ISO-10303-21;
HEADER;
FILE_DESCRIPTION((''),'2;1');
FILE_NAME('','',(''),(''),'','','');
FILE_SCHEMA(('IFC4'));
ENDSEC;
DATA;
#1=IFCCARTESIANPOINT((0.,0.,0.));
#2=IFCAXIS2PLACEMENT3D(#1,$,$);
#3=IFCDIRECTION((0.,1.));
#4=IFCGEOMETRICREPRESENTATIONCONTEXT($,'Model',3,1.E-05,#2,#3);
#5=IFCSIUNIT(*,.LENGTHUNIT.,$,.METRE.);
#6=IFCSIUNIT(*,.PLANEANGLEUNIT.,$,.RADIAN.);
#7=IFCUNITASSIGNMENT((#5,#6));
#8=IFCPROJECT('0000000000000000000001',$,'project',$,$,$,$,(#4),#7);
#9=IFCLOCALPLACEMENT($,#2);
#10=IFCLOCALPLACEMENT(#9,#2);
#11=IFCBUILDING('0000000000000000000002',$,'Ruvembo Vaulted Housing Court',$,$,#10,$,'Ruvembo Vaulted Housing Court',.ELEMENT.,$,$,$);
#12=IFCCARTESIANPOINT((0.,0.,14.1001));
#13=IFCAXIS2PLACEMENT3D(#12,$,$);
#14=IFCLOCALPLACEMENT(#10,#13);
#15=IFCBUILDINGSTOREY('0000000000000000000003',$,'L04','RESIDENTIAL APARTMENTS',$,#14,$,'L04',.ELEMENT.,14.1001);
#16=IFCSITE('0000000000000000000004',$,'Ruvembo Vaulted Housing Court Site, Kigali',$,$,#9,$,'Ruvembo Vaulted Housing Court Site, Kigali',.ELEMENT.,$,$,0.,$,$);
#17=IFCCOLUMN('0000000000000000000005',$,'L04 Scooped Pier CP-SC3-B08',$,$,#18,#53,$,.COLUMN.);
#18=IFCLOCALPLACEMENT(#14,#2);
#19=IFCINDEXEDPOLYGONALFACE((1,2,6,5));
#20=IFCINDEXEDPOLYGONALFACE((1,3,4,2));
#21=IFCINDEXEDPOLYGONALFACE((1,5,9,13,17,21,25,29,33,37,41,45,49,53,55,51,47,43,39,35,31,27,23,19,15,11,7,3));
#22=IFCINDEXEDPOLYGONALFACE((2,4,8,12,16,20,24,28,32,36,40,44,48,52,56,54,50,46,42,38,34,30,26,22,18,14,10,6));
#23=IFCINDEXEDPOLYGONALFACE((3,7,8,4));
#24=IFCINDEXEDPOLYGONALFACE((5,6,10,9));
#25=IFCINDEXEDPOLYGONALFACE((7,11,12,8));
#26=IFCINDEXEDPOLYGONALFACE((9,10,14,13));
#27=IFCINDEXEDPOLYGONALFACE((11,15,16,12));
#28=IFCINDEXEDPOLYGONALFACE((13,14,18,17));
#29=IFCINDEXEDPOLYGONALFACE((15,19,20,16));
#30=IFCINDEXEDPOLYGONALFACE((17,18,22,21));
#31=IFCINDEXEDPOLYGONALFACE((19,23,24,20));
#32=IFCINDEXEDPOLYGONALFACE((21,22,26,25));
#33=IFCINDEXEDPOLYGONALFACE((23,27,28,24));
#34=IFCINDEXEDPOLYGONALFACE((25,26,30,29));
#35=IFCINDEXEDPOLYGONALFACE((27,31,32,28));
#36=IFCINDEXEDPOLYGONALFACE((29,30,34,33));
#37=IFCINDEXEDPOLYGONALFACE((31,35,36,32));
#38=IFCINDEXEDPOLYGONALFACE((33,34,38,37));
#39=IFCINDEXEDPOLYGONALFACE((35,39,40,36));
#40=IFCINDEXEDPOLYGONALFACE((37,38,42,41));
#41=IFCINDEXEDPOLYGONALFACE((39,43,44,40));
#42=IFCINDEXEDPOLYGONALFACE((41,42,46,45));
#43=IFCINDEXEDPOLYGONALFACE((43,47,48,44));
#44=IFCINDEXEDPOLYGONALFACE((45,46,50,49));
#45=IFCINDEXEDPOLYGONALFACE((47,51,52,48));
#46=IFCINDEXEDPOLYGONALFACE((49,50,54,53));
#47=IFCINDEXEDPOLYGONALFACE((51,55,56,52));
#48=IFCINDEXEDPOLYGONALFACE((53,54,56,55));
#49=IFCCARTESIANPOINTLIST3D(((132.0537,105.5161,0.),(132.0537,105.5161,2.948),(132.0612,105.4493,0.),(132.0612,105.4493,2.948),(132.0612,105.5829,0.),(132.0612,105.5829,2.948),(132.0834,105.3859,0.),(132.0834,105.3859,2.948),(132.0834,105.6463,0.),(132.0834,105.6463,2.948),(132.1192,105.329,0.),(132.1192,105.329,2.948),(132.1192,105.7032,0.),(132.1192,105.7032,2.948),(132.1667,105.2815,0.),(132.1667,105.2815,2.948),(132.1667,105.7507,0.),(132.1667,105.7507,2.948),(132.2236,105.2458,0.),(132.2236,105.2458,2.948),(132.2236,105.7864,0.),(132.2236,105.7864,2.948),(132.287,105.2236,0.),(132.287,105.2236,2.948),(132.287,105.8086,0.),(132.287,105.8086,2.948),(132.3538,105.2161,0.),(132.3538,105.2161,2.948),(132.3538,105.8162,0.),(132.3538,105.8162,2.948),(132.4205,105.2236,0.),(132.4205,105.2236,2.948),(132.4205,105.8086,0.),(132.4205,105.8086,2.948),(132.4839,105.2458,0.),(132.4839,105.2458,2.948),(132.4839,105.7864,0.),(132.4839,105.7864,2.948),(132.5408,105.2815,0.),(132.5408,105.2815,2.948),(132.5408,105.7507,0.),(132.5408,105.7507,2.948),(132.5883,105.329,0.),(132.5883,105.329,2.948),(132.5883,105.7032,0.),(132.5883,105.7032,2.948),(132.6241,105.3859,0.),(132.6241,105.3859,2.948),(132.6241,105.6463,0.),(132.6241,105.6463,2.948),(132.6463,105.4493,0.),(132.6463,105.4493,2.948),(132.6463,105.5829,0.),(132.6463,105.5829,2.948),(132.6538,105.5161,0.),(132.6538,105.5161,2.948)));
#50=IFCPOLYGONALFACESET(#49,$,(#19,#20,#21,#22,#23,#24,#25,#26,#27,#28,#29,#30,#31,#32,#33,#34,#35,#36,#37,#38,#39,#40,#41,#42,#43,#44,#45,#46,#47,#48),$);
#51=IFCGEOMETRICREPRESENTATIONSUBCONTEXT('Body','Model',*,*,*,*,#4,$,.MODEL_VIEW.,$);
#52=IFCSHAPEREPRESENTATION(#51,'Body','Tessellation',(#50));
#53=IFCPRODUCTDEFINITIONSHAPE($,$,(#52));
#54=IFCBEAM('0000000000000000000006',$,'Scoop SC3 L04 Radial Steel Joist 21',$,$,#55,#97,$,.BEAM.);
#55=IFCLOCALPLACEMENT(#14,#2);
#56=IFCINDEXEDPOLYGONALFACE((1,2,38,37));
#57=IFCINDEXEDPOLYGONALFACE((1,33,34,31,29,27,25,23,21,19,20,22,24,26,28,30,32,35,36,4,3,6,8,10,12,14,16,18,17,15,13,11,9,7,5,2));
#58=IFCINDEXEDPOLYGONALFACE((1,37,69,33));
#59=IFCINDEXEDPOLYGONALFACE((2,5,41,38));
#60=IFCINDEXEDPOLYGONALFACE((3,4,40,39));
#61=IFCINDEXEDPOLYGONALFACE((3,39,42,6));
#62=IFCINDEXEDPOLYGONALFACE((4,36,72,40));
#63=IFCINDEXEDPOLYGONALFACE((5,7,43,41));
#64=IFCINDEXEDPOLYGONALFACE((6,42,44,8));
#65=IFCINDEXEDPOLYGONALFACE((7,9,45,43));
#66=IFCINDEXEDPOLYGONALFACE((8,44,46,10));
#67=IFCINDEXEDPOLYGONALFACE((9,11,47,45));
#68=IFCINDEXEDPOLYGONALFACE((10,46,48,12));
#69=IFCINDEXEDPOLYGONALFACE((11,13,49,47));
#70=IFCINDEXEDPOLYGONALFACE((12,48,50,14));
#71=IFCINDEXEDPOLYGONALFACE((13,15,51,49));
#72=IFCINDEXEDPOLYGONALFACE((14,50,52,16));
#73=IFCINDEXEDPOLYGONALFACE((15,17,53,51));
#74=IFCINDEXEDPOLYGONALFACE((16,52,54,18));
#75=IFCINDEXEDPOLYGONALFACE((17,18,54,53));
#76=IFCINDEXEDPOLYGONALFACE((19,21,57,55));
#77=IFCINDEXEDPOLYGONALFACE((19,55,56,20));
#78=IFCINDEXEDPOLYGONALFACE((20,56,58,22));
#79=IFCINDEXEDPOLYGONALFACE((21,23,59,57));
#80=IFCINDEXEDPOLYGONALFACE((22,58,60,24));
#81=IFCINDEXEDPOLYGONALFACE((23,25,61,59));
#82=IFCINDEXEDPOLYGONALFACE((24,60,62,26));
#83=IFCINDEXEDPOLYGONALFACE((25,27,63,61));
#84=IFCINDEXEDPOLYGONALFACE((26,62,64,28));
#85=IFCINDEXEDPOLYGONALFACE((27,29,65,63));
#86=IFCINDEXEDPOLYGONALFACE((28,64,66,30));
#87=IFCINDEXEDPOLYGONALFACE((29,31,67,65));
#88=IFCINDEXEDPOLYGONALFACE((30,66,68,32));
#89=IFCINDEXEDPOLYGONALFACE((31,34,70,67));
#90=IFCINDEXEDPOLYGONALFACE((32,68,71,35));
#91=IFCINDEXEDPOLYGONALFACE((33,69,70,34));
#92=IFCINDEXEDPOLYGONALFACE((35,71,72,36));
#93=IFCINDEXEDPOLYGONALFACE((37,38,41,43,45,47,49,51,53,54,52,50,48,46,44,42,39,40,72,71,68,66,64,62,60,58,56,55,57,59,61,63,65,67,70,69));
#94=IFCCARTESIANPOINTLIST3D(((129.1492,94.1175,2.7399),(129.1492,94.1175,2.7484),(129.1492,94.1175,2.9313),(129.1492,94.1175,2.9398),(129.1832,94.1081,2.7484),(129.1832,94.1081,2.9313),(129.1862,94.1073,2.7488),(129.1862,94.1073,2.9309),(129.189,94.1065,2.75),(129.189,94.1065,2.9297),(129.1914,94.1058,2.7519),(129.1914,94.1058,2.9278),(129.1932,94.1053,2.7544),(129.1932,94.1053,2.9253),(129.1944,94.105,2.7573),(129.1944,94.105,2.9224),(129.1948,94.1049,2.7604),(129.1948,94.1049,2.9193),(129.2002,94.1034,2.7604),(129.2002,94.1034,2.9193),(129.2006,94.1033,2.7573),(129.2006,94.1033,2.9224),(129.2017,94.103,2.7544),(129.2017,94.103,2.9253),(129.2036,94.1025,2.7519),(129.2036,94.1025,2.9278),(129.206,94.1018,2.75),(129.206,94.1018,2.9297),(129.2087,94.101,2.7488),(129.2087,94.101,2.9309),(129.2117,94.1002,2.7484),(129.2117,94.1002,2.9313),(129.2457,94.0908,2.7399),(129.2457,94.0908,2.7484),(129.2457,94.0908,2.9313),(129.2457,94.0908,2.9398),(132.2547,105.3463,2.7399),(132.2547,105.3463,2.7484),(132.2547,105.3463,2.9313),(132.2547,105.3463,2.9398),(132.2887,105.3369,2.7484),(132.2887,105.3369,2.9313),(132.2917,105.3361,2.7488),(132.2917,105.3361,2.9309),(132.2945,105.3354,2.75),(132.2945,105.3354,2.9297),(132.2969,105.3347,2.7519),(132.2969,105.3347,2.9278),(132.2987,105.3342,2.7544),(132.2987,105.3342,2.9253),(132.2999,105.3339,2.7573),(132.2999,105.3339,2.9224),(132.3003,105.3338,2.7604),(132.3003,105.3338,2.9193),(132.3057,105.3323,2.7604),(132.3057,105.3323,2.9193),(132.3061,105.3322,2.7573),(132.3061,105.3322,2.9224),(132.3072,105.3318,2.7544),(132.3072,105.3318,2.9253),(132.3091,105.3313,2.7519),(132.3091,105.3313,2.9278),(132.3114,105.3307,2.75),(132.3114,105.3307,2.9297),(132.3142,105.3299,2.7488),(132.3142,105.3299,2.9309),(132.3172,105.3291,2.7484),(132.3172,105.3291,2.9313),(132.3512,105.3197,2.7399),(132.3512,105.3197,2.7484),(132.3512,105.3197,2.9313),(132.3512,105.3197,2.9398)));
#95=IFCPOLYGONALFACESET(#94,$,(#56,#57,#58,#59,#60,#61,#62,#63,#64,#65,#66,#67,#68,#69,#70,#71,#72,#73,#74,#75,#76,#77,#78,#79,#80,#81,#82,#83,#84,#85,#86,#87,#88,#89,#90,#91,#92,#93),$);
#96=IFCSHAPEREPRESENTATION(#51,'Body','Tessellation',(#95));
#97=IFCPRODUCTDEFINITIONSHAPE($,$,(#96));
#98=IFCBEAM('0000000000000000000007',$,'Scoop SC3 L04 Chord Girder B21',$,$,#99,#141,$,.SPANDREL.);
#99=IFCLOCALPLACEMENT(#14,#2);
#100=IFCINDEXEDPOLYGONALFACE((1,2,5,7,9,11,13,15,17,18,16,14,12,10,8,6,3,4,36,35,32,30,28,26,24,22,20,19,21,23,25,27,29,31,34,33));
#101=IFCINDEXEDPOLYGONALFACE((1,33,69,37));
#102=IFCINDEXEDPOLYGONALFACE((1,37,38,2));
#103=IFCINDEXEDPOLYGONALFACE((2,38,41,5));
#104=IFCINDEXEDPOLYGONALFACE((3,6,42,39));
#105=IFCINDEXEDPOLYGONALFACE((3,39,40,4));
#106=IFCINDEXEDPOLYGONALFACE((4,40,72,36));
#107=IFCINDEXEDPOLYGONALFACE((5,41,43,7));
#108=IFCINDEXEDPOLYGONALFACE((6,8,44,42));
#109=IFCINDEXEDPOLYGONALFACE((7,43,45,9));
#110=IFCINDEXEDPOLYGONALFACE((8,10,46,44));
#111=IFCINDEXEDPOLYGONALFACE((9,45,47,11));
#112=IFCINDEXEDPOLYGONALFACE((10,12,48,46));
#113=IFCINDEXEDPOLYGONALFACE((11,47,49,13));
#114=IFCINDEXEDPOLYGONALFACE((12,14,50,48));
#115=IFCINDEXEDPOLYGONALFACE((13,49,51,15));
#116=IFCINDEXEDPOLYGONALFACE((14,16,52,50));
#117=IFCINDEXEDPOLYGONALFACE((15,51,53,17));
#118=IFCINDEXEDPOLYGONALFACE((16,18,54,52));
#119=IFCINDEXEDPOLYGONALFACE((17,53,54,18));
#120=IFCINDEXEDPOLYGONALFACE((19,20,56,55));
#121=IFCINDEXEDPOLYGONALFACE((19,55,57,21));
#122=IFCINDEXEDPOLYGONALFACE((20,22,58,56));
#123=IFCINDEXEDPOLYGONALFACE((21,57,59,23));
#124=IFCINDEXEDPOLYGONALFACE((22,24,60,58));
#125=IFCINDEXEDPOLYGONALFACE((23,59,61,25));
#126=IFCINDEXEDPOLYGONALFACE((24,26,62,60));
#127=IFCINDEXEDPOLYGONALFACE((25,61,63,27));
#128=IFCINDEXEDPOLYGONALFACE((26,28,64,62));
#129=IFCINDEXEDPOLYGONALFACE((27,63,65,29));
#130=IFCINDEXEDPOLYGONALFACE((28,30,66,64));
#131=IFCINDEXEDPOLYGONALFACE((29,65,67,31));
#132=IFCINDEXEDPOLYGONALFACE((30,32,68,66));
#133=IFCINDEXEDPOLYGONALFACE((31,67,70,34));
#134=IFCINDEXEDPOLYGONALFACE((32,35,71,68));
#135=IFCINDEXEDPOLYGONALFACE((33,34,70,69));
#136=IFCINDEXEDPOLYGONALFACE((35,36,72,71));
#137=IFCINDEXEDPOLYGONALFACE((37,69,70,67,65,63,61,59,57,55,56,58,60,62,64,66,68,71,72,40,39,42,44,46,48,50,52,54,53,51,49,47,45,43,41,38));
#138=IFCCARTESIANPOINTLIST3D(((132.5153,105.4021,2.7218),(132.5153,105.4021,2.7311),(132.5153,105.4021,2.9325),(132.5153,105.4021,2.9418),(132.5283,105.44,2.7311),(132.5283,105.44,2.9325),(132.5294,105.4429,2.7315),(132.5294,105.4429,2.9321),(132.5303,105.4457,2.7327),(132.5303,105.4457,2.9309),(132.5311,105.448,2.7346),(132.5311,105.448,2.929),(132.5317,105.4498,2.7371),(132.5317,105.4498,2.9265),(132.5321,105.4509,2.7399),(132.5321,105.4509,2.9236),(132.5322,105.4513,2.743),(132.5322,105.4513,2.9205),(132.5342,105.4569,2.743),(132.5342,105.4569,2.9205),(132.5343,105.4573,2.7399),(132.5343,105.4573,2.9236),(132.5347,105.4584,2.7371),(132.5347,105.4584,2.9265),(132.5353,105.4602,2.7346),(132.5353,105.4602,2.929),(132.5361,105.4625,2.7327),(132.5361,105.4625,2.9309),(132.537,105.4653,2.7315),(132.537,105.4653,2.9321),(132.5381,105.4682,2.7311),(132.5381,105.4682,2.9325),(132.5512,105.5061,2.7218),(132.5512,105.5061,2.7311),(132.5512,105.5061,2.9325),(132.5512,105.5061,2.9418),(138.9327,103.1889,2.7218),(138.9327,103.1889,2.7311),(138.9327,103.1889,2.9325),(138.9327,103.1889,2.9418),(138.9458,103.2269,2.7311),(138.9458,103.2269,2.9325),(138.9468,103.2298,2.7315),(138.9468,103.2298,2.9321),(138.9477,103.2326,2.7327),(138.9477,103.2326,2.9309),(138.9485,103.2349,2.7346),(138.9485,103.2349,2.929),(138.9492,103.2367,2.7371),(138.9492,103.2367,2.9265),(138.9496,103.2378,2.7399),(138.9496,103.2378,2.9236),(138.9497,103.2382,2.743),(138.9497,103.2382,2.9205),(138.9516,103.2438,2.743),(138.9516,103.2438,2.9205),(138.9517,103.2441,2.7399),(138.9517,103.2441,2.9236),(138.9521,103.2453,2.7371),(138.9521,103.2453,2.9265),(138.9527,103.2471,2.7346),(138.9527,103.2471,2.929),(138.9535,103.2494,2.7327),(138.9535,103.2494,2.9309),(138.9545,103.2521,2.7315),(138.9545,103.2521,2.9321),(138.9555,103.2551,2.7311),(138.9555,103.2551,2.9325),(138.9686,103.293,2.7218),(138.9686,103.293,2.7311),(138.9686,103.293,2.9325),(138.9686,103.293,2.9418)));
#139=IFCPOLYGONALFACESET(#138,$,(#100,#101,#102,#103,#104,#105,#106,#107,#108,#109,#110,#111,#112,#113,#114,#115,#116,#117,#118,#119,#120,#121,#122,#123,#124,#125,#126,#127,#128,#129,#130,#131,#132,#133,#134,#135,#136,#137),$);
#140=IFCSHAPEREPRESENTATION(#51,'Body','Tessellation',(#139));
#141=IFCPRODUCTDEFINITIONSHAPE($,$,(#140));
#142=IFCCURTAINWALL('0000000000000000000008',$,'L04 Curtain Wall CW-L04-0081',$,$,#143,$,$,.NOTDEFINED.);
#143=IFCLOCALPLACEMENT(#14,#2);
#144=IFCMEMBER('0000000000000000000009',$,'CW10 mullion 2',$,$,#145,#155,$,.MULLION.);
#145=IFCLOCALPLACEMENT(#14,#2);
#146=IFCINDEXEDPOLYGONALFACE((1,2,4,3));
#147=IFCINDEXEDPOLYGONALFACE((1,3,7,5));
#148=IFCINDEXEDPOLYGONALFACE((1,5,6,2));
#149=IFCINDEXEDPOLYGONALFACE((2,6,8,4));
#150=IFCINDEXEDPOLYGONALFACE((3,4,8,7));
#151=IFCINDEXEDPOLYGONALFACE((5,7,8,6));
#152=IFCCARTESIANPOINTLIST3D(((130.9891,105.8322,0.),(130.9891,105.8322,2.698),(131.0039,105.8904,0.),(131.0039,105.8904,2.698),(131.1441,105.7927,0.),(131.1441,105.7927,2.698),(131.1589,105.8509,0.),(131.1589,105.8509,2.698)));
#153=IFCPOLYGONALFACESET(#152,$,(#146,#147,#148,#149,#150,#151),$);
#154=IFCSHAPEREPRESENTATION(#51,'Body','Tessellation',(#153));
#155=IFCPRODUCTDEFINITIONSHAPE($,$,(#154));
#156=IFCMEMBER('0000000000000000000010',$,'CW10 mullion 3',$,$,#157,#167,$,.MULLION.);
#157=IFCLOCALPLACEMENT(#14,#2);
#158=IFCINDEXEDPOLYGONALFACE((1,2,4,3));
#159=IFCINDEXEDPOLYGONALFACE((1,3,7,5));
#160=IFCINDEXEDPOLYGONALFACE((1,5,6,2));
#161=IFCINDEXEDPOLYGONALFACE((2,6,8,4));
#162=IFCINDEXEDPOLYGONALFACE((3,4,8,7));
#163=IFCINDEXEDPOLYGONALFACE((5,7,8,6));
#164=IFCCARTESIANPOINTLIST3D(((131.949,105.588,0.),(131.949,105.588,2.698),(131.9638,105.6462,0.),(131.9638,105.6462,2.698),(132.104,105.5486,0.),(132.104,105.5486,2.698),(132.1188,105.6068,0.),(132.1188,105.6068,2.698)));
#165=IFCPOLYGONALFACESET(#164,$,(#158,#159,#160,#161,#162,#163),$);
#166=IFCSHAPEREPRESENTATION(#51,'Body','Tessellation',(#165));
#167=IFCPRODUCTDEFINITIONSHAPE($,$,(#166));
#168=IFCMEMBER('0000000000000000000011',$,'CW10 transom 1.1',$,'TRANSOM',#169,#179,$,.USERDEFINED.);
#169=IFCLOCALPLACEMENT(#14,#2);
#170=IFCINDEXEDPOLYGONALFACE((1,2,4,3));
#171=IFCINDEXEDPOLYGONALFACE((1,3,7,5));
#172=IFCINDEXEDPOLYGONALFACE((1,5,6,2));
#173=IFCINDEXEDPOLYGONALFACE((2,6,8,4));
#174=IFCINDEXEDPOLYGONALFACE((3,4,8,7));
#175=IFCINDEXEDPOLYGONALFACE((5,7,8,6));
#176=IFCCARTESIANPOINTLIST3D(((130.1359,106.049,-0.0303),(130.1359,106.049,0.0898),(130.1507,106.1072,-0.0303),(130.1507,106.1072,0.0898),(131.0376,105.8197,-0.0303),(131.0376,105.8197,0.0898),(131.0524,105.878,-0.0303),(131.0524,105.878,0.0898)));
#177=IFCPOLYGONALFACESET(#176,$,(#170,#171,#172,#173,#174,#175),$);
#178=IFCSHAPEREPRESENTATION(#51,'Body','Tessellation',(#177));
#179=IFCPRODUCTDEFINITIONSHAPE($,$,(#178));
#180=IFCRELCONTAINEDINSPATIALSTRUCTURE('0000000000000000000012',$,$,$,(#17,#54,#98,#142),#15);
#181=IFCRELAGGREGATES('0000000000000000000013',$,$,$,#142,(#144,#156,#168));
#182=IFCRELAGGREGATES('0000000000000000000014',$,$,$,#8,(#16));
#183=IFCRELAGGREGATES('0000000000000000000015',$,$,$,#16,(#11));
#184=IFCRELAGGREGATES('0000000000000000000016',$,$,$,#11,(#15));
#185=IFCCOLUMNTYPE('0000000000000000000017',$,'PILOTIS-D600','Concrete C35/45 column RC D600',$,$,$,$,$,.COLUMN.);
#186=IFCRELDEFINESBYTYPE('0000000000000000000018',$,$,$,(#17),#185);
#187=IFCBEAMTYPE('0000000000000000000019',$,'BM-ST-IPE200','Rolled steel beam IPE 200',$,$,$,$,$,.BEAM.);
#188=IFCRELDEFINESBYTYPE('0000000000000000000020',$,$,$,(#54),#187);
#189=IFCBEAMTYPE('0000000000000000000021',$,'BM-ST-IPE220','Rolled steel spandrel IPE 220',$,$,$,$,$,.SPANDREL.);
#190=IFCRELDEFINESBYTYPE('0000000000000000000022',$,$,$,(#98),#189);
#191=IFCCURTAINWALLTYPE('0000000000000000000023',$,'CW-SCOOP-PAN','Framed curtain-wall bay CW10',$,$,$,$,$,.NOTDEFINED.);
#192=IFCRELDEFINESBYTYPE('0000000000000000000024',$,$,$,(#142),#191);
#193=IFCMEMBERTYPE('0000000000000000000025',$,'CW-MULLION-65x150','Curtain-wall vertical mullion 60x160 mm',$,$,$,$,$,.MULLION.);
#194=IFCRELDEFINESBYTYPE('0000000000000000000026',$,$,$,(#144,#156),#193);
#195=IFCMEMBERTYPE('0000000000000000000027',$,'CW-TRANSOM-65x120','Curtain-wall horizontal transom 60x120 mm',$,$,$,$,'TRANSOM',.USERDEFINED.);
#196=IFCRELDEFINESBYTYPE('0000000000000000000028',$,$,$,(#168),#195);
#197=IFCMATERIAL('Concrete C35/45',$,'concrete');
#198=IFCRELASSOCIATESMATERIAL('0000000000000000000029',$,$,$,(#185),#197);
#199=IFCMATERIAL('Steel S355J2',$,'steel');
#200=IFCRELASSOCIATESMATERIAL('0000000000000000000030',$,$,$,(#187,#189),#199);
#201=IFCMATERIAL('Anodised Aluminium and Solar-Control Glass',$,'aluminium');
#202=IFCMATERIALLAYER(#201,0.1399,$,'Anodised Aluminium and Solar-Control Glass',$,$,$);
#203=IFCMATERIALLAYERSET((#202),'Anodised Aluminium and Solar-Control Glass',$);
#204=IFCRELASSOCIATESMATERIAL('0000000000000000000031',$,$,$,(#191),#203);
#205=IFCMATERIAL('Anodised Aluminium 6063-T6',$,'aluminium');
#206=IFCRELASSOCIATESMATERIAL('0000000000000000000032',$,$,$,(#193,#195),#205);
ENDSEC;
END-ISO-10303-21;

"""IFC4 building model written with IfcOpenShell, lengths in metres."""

from ifc_helpers import new_model, si_unit, direction, frame, origin, origin_2d, place, context, subcontext, project, spatial, rectangle, circle, i_section, extrude, material, layer, layer_set, material_profile, profile_set, type_object, element, aggregate, save


model = new_model("IFC4")

# Units and contexts
model_context = context("Model", 3, precision=1e-05, world=origin(), true_north=direction((0.0, 1.0)))
body_context = subcontext(model_context, "Body", "Model", "MODEL_VIEW")
ifc_project = project(units=[si_unit("LENGTHUNIT", "METRE"), si_unit("PLANEANGLEUNIT", "RADIAN")], contexts=[model_context])

# Site, building, storey
site_placement = place(None, origin())
site = spatial("IfcSite", under=ifc_project, at=site_placement, Name="Ruvembo Vaulted Housing Court Site, Kigali", LongName="Ruvembo Vaulted Housing Court Site, Kigali", CompositionType="ELEMENT", RefElevation=0.0)
building_placement = place(site_placement, origin())
building = spatial("IfcBuilding", under=site, at=building_placement, Name="Ruvembo Vaulted Housing Court", LongName="Ruvembo Vaulted Housing Court", CompositionType="ELEMENT")
storey_placement = place(building_placement, frame((0.0, 0.0, 14.1001)))
storey = spatial("IfcBuildingStorey", under=building, at=storey_placement, Name="L04", Description="RESIDENTIAL APARTMENTS", LongName="L04", CompositionType="ELEMENT", Elevation=14.1001)

# Column
ifc_material_1 = material(Name="Concrete C35/45", Category="concrete")
ifc_material_profile_1 = material_profile(ifc_material_1, circle(Radius=0.3, at=origin_2d()), Name="RC D600")
ifc_profile_set_1 = profile_set([ifc_material_profile_1], Name="Concrete C35/45")
column_type = type_object("IfcColumnType", Name="PILOTIS-D600", Description="Concrete C35/45 column RC D600", PredefinedType="COLUMN", material=ifc_profile_set_1)
column_placement = place(storey_placement, frame((132.3538, 105.5161, 0.0), z_axis=(0.0, 0.0, 1.0), x_axis=(1.0, 0.0, 0.0)))
element("IfcColumn", 1, at=column_placement, inside=storey, type_object=column_type, Name="L04 Scooped Pier CP-SC3-B08", PredefinedType="COLUMN", context=body_context, shape_type="SweptSolid", body=[
    extrude(circle(Radius=0.3, at=origin_2d()), origin(), (0.0, 0.0, 1.0), 2.948),
])

# Beams
ifc_material_2 = material(Name="Steel S355J2", Category="steel")
ifc_material_profile_2 = material_profile(ifc_material_2, i_section(OverallWidth=0.1001, OverallDepth=0.2, WebThickness=0.0056, FlangeThickness=0.0085, FilletRadius=0.012, at=origin_2d()), Name="IPE 200")
ifc_profile_set_2 = profile_set([ifc_material_profile_2], Name="Steel S355J2")
beam_type_1 = type_object("IfcBeamType", Name="BM-ST-IPE200", Description="Rolled steel beam IPE 200", PredefinedType="BEAM", material=ifc_profile_set_2)
beam_1_placement = place(storey_placement, frame((132.303, 105.333, 2.8398), z_axis=(-0.266557, -0.963819, 0.0), x_axis=(0.963819, -0.266557, 0.0)))
element("IfcBeam", 2, at=beam_1_placement, inside=storey, type_object=beam_type_1, Name="Scoop SC3 L04 Radial Steel Joist 21", PredefinedType="BEAM", context=body_context, shape_type="SweptSolid", body=[
    extrude(i_section(OverallWidth=0.1001, OverallDepth=0.2, WebThickness=0.0056, FlangeThickness=0.0085, FilletRadius=0.012, at=origin_2d()), origin(), (0.0, 0.0, 1.0), 11.6504),
])
ifc_material_profile_3 = material_profile(ifc_material_2, i_section(OverallWidth=0.1101, OverallDepth=0.22, WebThickness=0.0059, FlangeThickness=0.0093, FilletRadius=0.012, at=origin_2d()), Name="IPE 220")
ifc_profile_set_3 = profile_set([ifc_material_profile_3], Name="Steel S355J2")
beam_type_2 = type_object("IfcBeamType", Name="BM-ST-IPE220", Description="Rolled steel spandrel IPE 220", PredefinedType="SPANDREL", material=ifc_profile_set_3)
beam_2_placement = place(storey_placement, frame((132.5332, 105.4541, 2.8318), z_axis=(0.945363, -0.326018, 0.0), x_axis=(0.326018, 0.945363, 0.0)))
element("IfcBeam", 3, at=beam_2_placement, inside=storey, type_object=beam_type_2, Name="Scoop SC3 L04 Chord Girder B21", PredefinedType="SPANDREL", context=body_context, shape_type="SweptSolid", body=[
    extrude(i_section(OverallWidth=0.1101, OverallDepth=0.22, WebThickness=0.0059, FlangeThickness=0.0093, FilletRadius=0.012, at=origin_2d()), origin(), (0.0, 0.0, 1.0), 6.7883),
])

# Curtain wall, members
ifc_material_3 = material(Name="Anodised Aluminium and Solar-Control Glass", Category="aluminium")
ifc_layer_1 = layer(ifc_material_3, 0.1399, Name="Anodised Aluminium and Solar-Control Glass")
ifc_layer_set_1 = layer_set([ifc_layer_1], Name="Anodised Aluminium and Solar-Control Glass")
curtain_wall_type = type_object("IfcCurtainWallType", Name="CW-SCOOP-PAN", Description="Framed curtain-wall bay CW10", PredefinedType="NOTDEFINED", material=ifc_layer_set_1)
curtain_wall_placement = place(storey_placement, origin())
curtain_wall = element("IfcCurtainWall", 4, at=curtain_wall_placement, inside=storey, type_object=curtain_wall_type, Name="L04 Curtain Wall CW-L04-0081", PredefinedType="NOTDEFINED")
ifc_material_4 = material(Name="Anodised Aluminium 6063-T6", Category="aluminium")
ifc_material_profile_4 = material_profile(ifc_material_4, rectangle(XDim=0.0601, YDim=0.1599, at=origin_2d()), Name="ALU 60x160")
ifc_profile_set_4 = profile_set([ifc_material_profile_4], Name="Anodised Aluminium 6063-T6")
member_type_1 = type_object("IfcMemberType", Name="CW-MULLION-65x150", Description="Curtain-wall vertical mullion 60x160 mm", PredefinedType="MULLION", material=ifc_profile_set_4)
member_1_placement = place(storey_placement, frame((131.074, 105.8416, 0.0), z_axis=(0.0, 0.0, 1.0), x_axis=(0.246511, 0.96914, 0.0)))
member_1 = element("IfcMember", 5, at=member_1_placement, type_object=member_type_1, Name="CW10 mullion 2", PredefinedType="MULLION", context=body_context, shape_type="SweptSolid", body=[
    extrude(rectangle(XDim=0.0601, YDim=0.1599, at=origin_2d()), origin(), (0.0, 0.0, 1.0), 2.698),
])
member_2_placement = place(storey_placement, frame((132.0339, 105.5974, 0.0), z_axis=(0.0, 0.0, 1.0), x_axis=(0.246511, 0.96914, 0.0)))
member_2 = element("IfcMember", 6, at=member_2_placement, type_object=member_type_1, Name="CW10 mullion 3", PredefinedType="MULLION", context=body_context, shape_type="SweptSolid", body=[
    extrude(rectangle(XDim=0.0601, YDim=0.1599, at=origin_2d()), origin(), (0.0, 0.0, 1.0), 2.698),
])
ifc_material_profile_5 = material_profile(ifc_material_4, rectangle(XDim=0.0601, YDim=0.1201, at=origin_2d()), Name="ALU 60x120")
ifc_profile_set_5 = profile_set([ifc_material_profile_5], Name="Anodised Aluminium 6063-T6")
member_type_2 = type_object("IfcMemberType", Name="CW-TRANSOM-65x120", Description="Curtain-wall horizontal transom 60x120 mm", ElementType="TRANSOM", PredefinedType="USERDEFINED", material=ifc_profile_set_5)
member_3_placement = place(storey_placement, frame((130.1433, 106.0781, 0.0298), z_axis=(0.969162, -0.246424, 0.0), x_axis=(0.246424, 0.969162, 0.0)))
member_3 = element("IfcMember", 7, at=member_3_placement, type_object=member_type_2, Name="CW10 transom 1.1", ObjectType="TRANSOM", PredefinedType="USERDEFINED", context=body_context, shape_type="SweptSolid", body=[
    extrude(rectangle(XDim=0.0601, YDim=0.1201, at=origin_2d()), origin(), (0.0, 0.0, 1.0), 0.9304),
])
aggregate(curtain_wall, [member_1, member_2, member_3])

save(model, "model.ifc")
